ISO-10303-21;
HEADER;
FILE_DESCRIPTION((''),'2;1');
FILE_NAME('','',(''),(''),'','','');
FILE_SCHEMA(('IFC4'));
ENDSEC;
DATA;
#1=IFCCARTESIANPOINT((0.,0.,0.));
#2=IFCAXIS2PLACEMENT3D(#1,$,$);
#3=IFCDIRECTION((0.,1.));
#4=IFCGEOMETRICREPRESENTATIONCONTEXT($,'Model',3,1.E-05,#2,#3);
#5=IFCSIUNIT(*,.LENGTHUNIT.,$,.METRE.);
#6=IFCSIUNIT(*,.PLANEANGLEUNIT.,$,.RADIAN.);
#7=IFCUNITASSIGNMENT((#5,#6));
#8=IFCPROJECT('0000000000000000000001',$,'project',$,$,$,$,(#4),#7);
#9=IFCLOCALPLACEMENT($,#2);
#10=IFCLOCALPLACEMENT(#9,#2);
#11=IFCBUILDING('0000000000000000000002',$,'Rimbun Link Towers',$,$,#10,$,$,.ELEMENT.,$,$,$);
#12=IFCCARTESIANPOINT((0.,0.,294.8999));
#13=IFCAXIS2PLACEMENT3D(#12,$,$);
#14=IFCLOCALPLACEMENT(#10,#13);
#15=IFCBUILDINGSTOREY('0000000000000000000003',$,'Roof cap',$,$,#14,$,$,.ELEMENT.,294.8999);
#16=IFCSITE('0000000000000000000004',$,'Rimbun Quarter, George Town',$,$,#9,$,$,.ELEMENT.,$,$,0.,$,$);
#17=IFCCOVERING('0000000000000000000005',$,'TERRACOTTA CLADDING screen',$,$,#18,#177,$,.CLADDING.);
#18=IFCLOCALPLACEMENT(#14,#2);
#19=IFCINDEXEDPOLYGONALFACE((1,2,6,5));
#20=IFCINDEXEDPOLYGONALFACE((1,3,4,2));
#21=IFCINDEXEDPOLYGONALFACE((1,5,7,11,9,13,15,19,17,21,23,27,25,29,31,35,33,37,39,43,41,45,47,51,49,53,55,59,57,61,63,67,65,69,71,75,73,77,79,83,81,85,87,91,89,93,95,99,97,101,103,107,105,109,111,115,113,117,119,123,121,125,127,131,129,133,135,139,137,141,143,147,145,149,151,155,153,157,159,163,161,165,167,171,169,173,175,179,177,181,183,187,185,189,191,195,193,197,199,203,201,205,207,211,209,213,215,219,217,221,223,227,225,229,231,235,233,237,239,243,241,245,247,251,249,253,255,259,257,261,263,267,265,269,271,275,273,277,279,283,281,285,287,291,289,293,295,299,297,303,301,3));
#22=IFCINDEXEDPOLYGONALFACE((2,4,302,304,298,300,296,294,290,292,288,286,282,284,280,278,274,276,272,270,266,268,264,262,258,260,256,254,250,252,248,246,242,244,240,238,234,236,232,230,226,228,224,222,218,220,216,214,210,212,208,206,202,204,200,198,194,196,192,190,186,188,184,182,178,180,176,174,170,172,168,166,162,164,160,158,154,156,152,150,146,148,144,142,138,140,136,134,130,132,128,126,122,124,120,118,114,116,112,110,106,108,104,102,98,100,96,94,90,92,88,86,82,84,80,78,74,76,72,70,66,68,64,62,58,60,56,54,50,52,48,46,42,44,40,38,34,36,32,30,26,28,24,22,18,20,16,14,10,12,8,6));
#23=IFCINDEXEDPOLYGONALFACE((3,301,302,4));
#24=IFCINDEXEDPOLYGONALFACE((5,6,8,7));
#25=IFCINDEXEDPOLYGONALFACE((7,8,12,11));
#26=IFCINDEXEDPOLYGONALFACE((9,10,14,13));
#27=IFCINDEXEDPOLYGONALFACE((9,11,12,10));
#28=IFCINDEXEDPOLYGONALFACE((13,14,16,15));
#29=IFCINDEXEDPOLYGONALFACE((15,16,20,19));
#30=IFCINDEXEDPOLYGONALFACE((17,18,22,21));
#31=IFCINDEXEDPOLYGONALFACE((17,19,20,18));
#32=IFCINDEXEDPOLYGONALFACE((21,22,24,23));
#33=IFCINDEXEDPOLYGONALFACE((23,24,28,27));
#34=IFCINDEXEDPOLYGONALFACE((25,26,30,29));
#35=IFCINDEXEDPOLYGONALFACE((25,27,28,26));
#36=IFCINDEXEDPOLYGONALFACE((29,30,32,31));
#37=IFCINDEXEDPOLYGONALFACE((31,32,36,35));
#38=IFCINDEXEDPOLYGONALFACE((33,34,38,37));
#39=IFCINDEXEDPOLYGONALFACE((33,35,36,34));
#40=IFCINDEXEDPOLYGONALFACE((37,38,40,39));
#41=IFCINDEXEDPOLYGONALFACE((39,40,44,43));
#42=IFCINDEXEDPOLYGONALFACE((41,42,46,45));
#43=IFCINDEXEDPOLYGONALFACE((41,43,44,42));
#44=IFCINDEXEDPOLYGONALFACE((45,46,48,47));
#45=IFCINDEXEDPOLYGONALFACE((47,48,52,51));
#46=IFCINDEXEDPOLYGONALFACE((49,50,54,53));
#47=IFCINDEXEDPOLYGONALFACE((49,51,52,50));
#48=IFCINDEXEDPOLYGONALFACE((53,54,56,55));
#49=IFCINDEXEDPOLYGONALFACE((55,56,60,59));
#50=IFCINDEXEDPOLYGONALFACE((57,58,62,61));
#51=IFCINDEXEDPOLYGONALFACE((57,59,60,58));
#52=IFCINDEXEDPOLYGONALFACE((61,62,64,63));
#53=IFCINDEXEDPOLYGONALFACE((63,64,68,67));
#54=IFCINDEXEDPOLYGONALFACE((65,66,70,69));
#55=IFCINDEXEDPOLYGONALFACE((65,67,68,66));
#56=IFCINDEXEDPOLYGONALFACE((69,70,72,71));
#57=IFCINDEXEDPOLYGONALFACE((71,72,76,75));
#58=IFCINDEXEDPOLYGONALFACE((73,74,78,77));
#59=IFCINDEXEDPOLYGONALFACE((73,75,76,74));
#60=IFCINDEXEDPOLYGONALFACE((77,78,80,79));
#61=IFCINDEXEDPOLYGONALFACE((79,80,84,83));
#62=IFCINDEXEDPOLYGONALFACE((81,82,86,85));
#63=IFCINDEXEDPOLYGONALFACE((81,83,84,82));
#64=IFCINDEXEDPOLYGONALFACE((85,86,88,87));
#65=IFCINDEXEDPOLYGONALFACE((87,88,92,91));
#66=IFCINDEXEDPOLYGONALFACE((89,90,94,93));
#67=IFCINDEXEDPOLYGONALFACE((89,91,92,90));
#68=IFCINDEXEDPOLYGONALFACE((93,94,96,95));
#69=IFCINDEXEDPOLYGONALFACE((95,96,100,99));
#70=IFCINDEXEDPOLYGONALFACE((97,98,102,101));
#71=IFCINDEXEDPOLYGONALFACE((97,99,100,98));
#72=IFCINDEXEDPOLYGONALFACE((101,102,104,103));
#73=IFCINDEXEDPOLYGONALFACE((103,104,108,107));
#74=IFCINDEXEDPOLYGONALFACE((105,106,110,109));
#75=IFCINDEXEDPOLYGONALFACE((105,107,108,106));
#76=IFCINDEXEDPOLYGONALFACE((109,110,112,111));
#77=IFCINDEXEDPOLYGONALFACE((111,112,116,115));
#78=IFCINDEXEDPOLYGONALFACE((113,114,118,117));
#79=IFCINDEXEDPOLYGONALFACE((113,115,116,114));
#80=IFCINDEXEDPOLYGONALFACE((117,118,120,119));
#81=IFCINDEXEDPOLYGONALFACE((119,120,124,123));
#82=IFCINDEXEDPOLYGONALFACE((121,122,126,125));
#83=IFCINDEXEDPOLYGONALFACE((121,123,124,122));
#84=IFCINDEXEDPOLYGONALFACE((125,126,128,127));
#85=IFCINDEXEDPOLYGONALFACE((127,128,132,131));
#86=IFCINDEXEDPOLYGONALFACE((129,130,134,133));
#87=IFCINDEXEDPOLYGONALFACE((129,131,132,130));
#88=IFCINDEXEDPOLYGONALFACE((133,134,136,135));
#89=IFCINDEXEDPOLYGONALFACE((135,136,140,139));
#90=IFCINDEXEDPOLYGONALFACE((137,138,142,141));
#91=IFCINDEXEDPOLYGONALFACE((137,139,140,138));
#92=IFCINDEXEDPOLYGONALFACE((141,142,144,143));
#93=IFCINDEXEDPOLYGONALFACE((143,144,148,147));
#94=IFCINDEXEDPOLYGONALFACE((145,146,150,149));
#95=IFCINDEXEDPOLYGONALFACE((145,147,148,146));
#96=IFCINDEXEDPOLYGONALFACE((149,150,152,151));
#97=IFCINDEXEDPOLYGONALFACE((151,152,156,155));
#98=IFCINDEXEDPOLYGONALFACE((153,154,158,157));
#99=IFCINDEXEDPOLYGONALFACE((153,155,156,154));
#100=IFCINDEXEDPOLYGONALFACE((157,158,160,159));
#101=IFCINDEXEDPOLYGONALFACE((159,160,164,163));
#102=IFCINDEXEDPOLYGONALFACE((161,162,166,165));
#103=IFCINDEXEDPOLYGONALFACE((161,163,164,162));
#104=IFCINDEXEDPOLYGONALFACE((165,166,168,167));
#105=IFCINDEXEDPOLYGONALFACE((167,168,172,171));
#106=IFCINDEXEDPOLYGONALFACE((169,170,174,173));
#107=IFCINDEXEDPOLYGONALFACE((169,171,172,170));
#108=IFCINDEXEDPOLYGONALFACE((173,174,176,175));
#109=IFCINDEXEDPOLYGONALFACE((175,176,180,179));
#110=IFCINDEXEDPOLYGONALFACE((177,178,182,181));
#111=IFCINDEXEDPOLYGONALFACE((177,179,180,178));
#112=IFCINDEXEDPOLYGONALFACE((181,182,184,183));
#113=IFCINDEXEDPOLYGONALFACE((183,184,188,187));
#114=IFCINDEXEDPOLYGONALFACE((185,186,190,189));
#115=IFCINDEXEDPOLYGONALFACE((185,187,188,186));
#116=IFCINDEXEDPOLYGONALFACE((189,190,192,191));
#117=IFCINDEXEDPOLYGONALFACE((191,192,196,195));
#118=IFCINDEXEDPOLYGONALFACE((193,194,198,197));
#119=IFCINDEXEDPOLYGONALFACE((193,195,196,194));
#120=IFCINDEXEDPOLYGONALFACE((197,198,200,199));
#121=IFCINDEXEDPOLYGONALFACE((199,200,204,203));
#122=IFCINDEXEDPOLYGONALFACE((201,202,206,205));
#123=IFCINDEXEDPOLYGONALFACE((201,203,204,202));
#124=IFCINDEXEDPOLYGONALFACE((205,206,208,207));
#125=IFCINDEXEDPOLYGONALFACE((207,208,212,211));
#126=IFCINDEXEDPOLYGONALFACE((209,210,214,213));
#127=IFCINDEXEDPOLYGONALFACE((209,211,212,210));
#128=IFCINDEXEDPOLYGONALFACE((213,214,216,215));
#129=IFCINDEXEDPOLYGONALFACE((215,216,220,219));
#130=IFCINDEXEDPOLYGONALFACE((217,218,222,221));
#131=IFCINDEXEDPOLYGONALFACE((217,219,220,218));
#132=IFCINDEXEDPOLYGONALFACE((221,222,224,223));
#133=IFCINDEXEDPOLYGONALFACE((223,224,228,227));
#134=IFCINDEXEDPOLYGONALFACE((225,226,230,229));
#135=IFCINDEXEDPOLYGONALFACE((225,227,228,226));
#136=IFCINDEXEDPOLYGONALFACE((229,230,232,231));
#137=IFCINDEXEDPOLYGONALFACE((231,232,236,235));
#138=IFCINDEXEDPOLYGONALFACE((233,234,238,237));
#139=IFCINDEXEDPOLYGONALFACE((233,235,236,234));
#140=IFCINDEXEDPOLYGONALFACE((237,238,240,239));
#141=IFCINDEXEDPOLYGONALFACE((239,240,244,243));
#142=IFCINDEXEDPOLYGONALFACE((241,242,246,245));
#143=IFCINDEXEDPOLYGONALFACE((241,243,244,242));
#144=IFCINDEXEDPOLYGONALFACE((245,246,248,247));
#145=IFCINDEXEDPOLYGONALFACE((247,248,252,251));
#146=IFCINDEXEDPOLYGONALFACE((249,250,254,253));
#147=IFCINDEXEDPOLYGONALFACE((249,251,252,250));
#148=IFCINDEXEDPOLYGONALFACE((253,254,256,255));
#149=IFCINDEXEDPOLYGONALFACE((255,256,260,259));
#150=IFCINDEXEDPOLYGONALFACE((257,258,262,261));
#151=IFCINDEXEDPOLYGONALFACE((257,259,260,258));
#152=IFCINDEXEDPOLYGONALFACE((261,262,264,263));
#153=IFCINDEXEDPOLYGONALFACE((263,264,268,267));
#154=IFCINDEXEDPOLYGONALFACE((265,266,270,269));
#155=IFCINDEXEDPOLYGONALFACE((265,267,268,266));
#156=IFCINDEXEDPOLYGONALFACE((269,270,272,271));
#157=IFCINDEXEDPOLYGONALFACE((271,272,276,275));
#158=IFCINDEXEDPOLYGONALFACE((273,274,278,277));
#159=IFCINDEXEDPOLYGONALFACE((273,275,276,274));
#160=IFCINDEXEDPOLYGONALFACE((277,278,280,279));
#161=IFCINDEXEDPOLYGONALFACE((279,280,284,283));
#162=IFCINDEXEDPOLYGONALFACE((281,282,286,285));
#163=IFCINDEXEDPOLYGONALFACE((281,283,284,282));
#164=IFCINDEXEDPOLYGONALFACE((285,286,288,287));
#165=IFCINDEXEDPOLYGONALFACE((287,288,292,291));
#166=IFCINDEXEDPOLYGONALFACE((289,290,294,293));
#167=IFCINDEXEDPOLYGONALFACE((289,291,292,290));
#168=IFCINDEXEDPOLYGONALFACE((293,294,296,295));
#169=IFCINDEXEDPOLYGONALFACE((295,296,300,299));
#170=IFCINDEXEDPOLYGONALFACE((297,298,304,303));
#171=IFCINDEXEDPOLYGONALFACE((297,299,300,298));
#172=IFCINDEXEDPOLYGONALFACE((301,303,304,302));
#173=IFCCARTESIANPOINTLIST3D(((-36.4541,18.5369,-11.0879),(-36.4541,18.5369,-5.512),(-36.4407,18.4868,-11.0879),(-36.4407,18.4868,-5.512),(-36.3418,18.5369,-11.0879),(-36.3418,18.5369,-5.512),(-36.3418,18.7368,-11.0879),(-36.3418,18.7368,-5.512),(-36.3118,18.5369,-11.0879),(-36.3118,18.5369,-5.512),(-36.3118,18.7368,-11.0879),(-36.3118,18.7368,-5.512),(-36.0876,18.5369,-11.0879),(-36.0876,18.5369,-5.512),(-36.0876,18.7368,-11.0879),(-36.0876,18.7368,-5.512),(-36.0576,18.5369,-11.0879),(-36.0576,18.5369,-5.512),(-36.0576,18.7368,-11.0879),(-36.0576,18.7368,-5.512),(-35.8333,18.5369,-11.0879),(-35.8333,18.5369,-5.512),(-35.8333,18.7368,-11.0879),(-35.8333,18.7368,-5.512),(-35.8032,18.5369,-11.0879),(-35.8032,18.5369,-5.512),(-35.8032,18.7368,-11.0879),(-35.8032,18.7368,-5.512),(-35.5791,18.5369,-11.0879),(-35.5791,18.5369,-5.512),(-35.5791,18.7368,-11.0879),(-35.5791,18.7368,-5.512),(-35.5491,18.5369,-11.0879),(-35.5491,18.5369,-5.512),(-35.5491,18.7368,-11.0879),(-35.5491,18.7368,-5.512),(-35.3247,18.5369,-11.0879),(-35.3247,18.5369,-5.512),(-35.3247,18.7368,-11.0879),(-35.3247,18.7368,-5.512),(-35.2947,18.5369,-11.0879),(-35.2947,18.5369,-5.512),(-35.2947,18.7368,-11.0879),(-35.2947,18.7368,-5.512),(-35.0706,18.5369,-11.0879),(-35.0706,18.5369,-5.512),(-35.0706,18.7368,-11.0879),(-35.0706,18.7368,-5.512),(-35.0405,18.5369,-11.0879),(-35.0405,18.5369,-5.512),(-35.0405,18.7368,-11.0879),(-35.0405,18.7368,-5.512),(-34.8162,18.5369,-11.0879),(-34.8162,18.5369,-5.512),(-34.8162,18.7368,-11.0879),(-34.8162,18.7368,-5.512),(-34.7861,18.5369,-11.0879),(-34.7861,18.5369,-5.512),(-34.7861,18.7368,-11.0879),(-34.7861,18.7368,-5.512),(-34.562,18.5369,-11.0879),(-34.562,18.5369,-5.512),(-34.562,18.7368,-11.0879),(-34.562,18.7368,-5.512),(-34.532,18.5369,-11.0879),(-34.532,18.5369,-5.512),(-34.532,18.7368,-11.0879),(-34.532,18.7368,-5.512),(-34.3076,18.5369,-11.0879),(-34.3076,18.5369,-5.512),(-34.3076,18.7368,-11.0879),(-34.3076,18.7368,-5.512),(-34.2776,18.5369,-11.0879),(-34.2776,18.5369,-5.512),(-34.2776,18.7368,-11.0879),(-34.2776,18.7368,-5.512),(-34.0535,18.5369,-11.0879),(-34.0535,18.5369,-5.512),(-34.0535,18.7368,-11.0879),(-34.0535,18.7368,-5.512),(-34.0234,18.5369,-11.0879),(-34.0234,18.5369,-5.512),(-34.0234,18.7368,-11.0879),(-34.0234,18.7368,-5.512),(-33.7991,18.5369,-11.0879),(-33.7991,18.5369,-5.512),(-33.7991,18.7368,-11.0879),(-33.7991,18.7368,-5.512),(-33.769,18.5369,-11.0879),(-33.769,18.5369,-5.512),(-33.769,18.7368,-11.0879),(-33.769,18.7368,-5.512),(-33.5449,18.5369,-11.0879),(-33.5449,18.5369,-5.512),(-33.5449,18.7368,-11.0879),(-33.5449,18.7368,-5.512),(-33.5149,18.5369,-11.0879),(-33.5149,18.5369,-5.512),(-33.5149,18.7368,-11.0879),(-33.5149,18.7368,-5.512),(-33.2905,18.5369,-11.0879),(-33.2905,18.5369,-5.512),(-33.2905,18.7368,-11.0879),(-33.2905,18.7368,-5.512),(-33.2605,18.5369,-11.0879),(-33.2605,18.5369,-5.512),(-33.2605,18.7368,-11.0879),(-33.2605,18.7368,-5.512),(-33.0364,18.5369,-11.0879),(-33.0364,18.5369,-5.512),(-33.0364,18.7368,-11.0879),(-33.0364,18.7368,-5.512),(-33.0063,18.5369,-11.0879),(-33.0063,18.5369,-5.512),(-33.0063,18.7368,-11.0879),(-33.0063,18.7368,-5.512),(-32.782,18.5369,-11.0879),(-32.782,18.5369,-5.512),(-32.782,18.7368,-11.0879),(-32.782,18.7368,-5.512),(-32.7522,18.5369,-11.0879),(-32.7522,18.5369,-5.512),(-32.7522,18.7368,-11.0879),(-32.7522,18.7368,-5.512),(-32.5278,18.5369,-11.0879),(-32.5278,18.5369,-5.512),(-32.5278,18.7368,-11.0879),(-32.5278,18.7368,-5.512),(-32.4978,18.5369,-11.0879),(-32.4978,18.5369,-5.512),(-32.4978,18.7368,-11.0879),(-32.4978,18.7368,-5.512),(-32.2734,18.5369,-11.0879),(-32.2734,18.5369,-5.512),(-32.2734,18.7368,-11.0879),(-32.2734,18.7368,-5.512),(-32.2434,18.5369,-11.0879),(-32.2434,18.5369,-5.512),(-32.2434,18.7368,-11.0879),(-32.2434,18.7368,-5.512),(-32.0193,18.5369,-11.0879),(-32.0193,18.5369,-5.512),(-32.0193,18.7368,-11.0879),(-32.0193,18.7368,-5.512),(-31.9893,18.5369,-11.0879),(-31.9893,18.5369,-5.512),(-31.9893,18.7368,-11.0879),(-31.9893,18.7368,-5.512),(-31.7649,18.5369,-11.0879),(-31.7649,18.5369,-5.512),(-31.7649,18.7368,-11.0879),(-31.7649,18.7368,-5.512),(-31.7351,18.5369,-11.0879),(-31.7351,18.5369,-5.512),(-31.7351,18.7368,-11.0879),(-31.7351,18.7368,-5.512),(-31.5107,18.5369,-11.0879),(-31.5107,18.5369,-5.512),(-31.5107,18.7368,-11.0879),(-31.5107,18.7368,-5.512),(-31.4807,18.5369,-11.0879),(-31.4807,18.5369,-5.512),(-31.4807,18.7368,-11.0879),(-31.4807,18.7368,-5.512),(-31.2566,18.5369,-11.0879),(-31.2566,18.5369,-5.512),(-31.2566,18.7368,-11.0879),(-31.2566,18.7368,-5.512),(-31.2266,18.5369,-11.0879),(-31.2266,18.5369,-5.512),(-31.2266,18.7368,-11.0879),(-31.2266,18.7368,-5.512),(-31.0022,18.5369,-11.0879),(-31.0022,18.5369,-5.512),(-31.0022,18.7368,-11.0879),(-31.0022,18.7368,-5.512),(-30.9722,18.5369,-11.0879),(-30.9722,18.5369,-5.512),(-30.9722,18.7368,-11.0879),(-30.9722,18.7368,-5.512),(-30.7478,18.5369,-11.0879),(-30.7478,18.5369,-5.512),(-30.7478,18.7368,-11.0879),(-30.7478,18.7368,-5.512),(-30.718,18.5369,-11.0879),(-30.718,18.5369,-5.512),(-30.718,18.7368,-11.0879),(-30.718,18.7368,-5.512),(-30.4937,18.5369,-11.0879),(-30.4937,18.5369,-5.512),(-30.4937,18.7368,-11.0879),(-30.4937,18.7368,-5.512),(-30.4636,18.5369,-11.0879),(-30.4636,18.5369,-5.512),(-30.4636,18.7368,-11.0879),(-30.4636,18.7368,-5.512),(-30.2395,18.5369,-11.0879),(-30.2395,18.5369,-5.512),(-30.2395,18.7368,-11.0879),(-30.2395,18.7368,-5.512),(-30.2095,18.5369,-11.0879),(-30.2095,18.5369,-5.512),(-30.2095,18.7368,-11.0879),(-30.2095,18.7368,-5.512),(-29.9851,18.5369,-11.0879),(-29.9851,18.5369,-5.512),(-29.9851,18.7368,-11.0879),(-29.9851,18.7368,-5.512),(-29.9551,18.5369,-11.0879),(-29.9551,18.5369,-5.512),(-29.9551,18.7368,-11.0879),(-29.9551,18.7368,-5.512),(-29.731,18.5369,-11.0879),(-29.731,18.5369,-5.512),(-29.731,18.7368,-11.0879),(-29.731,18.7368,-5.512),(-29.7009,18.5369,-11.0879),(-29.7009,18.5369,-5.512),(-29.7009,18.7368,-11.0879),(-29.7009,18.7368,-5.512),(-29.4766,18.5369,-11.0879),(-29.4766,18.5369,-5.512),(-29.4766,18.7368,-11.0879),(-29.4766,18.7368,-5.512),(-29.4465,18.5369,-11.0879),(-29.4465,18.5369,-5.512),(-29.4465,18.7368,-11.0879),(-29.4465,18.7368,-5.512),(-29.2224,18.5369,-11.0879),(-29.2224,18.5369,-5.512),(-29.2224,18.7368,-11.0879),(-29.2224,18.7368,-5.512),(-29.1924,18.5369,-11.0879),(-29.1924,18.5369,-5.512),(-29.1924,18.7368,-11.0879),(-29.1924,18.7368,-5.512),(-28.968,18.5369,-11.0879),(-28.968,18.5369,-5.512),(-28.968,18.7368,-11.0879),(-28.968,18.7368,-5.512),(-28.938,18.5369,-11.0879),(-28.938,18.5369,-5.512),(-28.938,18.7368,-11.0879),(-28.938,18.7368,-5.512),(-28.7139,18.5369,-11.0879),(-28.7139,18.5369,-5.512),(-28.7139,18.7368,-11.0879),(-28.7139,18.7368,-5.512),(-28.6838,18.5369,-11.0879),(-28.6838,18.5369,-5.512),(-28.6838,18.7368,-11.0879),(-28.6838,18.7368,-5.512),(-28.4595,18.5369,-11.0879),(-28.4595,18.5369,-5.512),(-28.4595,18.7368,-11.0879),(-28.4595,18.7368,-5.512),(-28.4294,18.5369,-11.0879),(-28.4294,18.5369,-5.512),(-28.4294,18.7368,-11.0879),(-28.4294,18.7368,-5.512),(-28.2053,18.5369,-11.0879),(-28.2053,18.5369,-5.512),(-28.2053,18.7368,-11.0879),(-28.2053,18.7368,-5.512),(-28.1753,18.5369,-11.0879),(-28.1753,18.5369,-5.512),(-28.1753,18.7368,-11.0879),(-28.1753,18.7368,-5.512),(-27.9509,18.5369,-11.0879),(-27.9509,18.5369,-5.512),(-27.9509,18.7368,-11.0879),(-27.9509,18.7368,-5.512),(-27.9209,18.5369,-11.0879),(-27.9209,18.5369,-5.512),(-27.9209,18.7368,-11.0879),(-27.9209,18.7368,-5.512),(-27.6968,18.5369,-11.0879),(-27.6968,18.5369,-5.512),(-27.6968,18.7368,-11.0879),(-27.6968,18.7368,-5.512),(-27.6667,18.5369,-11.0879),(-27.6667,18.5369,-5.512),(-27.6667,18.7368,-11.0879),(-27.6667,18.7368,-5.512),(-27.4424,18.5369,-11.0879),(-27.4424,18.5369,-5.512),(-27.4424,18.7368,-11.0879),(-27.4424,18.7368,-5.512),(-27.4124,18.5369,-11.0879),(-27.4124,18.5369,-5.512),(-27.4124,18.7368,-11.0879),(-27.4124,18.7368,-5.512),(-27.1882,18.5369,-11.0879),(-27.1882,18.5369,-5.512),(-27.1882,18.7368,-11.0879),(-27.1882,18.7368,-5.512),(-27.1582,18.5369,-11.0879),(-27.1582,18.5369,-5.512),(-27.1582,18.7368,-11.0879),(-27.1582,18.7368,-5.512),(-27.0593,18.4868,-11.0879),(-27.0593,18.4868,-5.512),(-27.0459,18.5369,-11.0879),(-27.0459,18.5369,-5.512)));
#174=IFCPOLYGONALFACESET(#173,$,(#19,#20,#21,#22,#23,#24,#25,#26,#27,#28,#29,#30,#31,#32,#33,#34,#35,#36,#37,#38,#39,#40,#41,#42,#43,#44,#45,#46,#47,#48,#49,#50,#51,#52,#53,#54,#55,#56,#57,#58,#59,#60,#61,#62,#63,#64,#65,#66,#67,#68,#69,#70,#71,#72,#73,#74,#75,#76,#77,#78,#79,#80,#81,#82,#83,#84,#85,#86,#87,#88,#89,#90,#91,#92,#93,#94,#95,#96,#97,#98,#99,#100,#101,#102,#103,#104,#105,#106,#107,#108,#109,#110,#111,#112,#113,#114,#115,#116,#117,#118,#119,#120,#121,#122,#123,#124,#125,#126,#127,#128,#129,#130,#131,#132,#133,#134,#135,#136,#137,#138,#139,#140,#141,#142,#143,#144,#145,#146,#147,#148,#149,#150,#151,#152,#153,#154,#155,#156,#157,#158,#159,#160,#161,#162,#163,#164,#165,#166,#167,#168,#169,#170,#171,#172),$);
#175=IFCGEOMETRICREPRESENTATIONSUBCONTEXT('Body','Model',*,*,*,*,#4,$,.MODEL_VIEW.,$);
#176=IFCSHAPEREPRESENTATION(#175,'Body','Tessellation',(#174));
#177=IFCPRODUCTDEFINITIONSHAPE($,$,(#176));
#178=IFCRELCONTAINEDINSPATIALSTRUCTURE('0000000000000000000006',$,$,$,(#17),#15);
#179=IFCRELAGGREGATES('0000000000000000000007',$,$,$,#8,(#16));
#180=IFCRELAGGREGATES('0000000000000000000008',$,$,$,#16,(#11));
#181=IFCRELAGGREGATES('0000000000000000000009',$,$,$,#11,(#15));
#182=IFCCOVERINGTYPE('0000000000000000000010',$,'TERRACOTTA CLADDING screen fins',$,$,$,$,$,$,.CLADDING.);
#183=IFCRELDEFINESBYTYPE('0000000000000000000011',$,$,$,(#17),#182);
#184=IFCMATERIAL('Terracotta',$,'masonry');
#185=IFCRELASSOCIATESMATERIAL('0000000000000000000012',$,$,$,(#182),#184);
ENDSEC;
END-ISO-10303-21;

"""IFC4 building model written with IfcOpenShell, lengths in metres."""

from ifc_helpers import new_model, si_unit, direction, frame, origin, place, context, subcontext, project, spatial, polyline, outline, extrude, material, type_object, element, save


model = new_model("IFC4")

# Units and contexts
model_context = context("Model", 3, precision=1e-05, world=origin(), true_north=direction((0.0, 1.0)))
body_context = subcontext(model_context, "Body", "Model", "MODEL_VIEW")
ifc_project = project(units=[si_unit("LENGTHUNIT", "METRE"), si_unit("PLANEANGLEUNIT", "RADIAN")], contexts=[model_context])

# Site, building, storey
site_placement = place(None, origin())
site = spatial("IfcSite", under=ifc_project, at=site_placement, Name="Rimbun Quarter, George Town", CompositionType="ELEMENT", RefElevation=0.0)
building_placement = place(site_placement, origin())
building = spatial("IfcBuilding", under=site, at=building_placement, Name="Rimbun Link Towers", CompositionType="ELEMENT")
storey_placement = place(building_placement, frame((0.0, 0.0, 294.8999)))
storey = spatial("IfcBuildingStorey", under=building, at=storey_placement, Name="Roof cap", CompositionType="ELEMENT", Elevation=294.8999)

# Covering
ifc_material = material(Name="Terracotta", Category="masonry")
covering_type = type_object("IfcCoveringType", Name="TERRACOTTA CLADDING screen fins", PredefinedType="CLADDING", material=ifc_material)
covering_1_placement = place(storey_placement, frame((0.0, 0.0, -11.0879)))
element("IfcCovering", 1, at=covering_1_placement, inside=storey, type_object=covering_type, Name="TERRACOTTA CLADDING screen", PredefinedType="CLADDING", context=body_context, shape_type="SweptSolid", body=[
    extrude(outline(polyline([(-27.0459, 18.5369), (-27.1582, 18.5369), (-27.1582, 18.7368), (-27.1882, 18.7368), (-27.1882, 18.5369), (-27.4124, 18.5369), (-27.4124, 18.7368), (-27.4424, 18.7368), (-27.4424, 18.5369), (-27.6667, 18.5369), (-27.6667, 18.7368), (-27.6968, 18.7368), (-27.6968, 18.5369), (-27.9209, 18.5369), (-27.9209, 18.7368), (-27.9509, 18.7368), (-27.9509, 18.5369), (-28.1753, 18.5369), (-28.1753, 18.7368), (-28.2053, 18.7368), (-28.2053, 18.5369), (-28.4294, 18.5369), (-28.4294, 18.7368), (-28.4595, 18.7368), (-28.4595, 18.5369), (-28.6838, 18.5369), (-28.6838, 18.7368), (-28.7139, 18.7368), (-28.7139, 18.5369), (-28.938, 18.5369), (-28.938, 18.7368), (-28.968, 18.7368), (-28.968, 18.5369), (-29.1924, 18.5369), (-29.1924, 18.7368), (-29.2224, 18.7368), (-29.2224, 18.5369), (-29.4465, 18.5369), (-29.4465, 18.7368), (-29.4766, 18.7368), (-29.4766, 18.5369), (-29.7009, 18.5369), (-29.7009, 18.7368), (-29.731, 18.7368), (-29.731, 18.5369), (-29.9551, 18.5369), (-29.9551, 18.7368), (-29.9851, 18.7368), (-29.9851, 18.5369), (-30.2095, 18.5369), (-30.2095, 18.7368), (-30.2395, 18.7368), (-30.2395, 18.5369), (-30.4636, 18.5369), (-30.4636, 18.7368), (-30.4937, 18.7368), (-30.4937, 18.5369), (-30.718, 18.5369), (-30.718, 18.7368), (-30.7478, 18.7368), (-30.7478, 18.5369), (-30.9722, 18.5369), (-30.9722, 18.7368), (-31.0022, 18.7368), (-31.0022, 18.5369), (-31.2266, 18.5369), (-31.2266, 18.7368), (-31.2566, 18.7368), (-31.2566, 18.5369), (-31.4807, 18.5369), (-31.4807, 18.7368), (-31.5107, 18.7368), (-31.5107, 18.5369), (-31.7351, 18.5369), (-31.7351, 18.7368), (-31.7649, 18.7368), (-31.7649, 18.5369), (-31.9893, 18.5369), (-31.9893, 18.7368), (-32.0193, 18.7368), (-32.0193, 18.5369), (-32.2434, 18.5369), (-32.2434, 18.7368), (-32.2734, 18.7368), (-32.2734, 18.5369), (-32.4978, 18.5369), (-32.4978, 18.7368), (-32.5278, 18.7368), (-32.5278, 18.5369), (-32.7522, 18.5369), (-32.7522, 18.7368), (-32.782, 18.7368), (-32.782, 18.5369), (-33.0063, 18.5369), (-33.0063, 18.7368), (-33.0364, 18.7368), (-33.0364, 18.5369), (-33.2605, 18.5369), (-33.2605, 18.7368), (-33.2905, 18.7368), (-33.2905, 18.5369), (-33.5149, 18.5369), (-33.5149, 18.7368), (-33.5449, 18.7368), (-33.5449, 18.5369), (-33.769, 18.5369), (-33.769, 18.7368), (-33.7991, 18.7368), (-33.7991, 18.5369), (-34.0234, 18.5369), (-34.0234, 18.7368), (-34.0535, 18.7368), (-34.0535, 18.5369), (-34.2776, 18.5369), (-34.2776, 18.7368), (-34.3076, 18.7368), (-34.3076, 18.5369), (-34.532, 18.5369), (-34.532, 18.7368), (-34.562, 18.7368), (-34.562, 18.5369), (-34.7861, 18.5369), (-34.7861, 18.7368), (-34.8162, 18.7368), (-34.8162, 18.5369), (-35.0405, 18.5369), (-35.0405, 18.7368), (-35.0706, 18.7368), (-35.0706, 18.5369), (-35.2947, 18.5369), (-35.2947, 18.7368), (-35.3247, 18.7368), (-35.3247, 18.5369), (-35.5491, 18.5369), (-35.5491, 18.7368), (-35.5791, 18.7368), (-35.5791, 18.5369), (-35.8032, 18.5369), (-35.8032, 18.7368), (-35.8333, 18.7368), (-35.8333, 18.5369), (-36.0576, 18.5369), (-36.0576, 18.7368), (-36.0876, 18.7368), (-36.0876, 18.5369), (-36.3118, 18.5369), (-36.3118, 18.7368), (-36.3418, 18.7368), (-36.3418, 18.5369), (-36.4541, 18.5369), (-36.4407, 18.4868), (-27.0593, 18.4868), (-27.0459, 18.5369)])), origin(), (0.0, 0.0, 1.0), 5.5759),
])

save(model, "model.ifc")
